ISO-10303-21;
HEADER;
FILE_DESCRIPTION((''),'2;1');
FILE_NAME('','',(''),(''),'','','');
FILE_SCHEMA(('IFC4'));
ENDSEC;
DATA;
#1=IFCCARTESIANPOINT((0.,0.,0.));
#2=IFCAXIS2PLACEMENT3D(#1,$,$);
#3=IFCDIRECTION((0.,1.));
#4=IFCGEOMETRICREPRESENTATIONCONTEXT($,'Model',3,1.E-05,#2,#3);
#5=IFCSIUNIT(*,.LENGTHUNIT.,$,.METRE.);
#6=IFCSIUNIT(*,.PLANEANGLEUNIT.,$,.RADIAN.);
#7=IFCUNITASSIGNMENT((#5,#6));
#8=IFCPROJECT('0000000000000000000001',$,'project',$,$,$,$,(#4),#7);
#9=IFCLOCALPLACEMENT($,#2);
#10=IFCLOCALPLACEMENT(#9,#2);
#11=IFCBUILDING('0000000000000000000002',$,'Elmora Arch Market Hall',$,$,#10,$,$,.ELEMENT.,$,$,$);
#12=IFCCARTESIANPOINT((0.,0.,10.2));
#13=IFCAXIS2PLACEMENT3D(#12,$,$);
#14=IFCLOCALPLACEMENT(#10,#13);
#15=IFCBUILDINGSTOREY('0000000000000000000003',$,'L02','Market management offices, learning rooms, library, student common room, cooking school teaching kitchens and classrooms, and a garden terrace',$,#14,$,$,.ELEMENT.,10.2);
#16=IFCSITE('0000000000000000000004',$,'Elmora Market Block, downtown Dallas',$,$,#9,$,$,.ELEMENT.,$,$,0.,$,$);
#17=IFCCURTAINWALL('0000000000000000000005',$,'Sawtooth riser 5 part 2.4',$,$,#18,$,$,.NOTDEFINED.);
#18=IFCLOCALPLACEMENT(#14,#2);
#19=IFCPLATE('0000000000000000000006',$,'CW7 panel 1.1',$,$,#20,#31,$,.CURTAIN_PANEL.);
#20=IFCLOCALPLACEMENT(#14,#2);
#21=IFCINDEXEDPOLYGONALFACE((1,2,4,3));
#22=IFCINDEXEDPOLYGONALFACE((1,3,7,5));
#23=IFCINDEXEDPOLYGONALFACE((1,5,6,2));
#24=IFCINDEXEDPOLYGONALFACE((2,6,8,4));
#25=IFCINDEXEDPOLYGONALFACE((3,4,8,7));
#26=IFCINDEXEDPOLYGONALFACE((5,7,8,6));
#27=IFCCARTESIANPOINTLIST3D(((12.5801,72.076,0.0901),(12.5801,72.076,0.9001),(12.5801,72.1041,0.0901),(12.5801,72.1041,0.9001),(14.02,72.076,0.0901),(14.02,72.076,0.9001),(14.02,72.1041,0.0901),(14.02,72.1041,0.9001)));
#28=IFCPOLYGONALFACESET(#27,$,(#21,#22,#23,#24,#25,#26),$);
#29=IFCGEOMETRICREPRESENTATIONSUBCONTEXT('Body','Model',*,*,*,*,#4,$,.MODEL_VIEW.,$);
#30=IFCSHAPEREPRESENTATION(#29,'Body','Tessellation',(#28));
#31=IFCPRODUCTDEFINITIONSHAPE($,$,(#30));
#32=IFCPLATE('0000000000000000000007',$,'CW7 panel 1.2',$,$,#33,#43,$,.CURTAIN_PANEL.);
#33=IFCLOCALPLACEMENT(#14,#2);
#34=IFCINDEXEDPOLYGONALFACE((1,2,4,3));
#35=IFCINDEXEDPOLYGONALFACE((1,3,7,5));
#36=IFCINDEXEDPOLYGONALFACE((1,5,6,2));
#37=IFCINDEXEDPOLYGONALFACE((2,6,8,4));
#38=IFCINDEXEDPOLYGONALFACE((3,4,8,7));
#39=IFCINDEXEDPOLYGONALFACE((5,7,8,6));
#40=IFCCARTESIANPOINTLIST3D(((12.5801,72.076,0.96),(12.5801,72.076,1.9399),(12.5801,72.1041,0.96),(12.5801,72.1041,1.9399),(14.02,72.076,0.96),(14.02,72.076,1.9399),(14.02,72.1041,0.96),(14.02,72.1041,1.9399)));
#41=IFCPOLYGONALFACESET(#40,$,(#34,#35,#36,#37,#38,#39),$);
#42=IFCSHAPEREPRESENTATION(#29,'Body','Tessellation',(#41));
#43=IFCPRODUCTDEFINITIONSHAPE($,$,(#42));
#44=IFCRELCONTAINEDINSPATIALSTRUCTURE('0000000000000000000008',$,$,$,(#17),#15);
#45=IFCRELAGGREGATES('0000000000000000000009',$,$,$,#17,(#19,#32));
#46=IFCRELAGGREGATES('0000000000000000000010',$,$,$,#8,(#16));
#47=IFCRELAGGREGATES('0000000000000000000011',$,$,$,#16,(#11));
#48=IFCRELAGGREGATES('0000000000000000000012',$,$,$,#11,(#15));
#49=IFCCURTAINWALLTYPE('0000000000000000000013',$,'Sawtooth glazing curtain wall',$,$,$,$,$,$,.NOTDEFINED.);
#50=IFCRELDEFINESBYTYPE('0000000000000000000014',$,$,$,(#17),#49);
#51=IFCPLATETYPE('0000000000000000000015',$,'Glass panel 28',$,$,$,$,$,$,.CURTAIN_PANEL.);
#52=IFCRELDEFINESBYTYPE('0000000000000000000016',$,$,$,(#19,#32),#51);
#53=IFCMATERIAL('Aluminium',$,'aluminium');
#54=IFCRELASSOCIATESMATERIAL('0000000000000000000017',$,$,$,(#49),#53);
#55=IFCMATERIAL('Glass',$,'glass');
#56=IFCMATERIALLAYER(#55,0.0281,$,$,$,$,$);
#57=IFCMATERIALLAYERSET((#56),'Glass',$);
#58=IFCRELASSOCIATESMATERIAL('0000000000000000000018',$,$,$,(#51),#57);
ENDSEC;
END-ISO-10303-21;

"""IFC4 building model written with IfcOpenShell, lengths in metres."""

from ifc_helpers import new_model, si_unit, direction, frame, origin, origin_2d, place, context, subcontext, project, spatial, rectangle, extrude, material, layer, layer_set, type_object, element, aggregate, save


model = new_model("IFC4")

# Units and contexts
model_context = context("Model", 3, precision=1e-05, world=origin(), true_north=direction((0.0, 1.0)))
body_context = subcontext(model_context, "Body", "Model", "MODEL_VIEW")
ifc_project = project(units=[si_unit("LENGTHUNIT", "METRE"), si_unit("PLANEANGLEUNIT", "RADIAN")], contexts=[model_context])

# Site, building, storey
site_placement = place(None, origin())
site = spatial("IfcSite", under=ifc_project, at=site_placement, Name="Elmora Market Block, downtown Dallas", CompositionType="ELEMENT", RefElevation=0.0)
building_placement = place(site_placement, origin())
building = spatial("IfcBuilding", under=site, at=building_placement, Name="Elmora Arch Market Hall", CompositionType="ELEMENT")
storey_placement = place(building_placement, frame((0.0, 0.0, 10.2)))
storey = spatial("IfcBuildingStorey", under=building, at=storey_placement, Name="L02", Description="Market management offices, learning rooms, library, student common room, cooking school teaching kitchens and classrooms, and a garden terrace", CompositionType="ELEMENT", Elevation=10.2)

# Shared definitions
ifc_material_1 = material(Name="Aluminium", Category="aluminium")
curtain_wall_type = type_object("IfcCurtainWallType", Name="Sawtooth glazing curtain wall", PredefinedType="NOTDEFINED", material=ifc_material_1)

# Curtain wall
curtain_wall_1_placement = place(storey_placement, origin())
curtain_wall_1 = element("IfcCurtainWall", 1, at=curtain_wall_1_placement, inside=storey, type_object=curtain_wall_type, Name="Sawtooth riser 5 part 2.4", PredefinedType="NOTDEFINED")

# Plates
ifc_material_2 = material(Name="Glass", Category="glass")
ifc_layer = layer(ifc_material_2, 0.0281)
ifc_layer_set = layer_set([ifc_layer], Name="Glass")
plate_type = type_object("IfcPlateType", Name="Glass panel 28", PredefinedType="CURTAIN_PANEL", material=ifc_layer_set)
plate_1_placement = place(storey_placement, frame((13.3, 72.0901, 0.0901), z_axis=(0.0, 0.0, 1.0), x_axis=(1.0, 0.0, 0.0)))
plate_1 = element("IfcPlate", 2, at=plate_1_placement, type_object=plate_type, Name="CW7 panel 1.1", PredefinedType="CURTAIN_PANEL", context=body_context, shape_type="SweptSolid", body=[
    extrude(rectangle(XDim=1.4399, YDim=0.0281, at=origin_2d()), origin(), (0.0, 0.0, 1.0), 0.8101),
])
plate_2_placement = place(storey_placement, frame((13.3, 72.0901, 0.96), z_axis=(0.0, 0.0, 1.0), x_axis=(1.0, 0.0, 0.0)))
plate_2 = element("IfcPlate", 3, at=plate_2_placement, type_object=plate_type, Name="CW7 panel 1.2", PredefinedType="CURTAIN_PANEL", context=body_context, shape_type="SweptSolid", body=[
    extrude(rectangle(XDim=1.4399, YDim=0.0281, at=origin_2d()), origin(), (0.0, 0.0, 1.0), 0.98),
])
aggregate(curtain_wall_1, [plate_1, plate_2])

save(model, "model.ifc")
